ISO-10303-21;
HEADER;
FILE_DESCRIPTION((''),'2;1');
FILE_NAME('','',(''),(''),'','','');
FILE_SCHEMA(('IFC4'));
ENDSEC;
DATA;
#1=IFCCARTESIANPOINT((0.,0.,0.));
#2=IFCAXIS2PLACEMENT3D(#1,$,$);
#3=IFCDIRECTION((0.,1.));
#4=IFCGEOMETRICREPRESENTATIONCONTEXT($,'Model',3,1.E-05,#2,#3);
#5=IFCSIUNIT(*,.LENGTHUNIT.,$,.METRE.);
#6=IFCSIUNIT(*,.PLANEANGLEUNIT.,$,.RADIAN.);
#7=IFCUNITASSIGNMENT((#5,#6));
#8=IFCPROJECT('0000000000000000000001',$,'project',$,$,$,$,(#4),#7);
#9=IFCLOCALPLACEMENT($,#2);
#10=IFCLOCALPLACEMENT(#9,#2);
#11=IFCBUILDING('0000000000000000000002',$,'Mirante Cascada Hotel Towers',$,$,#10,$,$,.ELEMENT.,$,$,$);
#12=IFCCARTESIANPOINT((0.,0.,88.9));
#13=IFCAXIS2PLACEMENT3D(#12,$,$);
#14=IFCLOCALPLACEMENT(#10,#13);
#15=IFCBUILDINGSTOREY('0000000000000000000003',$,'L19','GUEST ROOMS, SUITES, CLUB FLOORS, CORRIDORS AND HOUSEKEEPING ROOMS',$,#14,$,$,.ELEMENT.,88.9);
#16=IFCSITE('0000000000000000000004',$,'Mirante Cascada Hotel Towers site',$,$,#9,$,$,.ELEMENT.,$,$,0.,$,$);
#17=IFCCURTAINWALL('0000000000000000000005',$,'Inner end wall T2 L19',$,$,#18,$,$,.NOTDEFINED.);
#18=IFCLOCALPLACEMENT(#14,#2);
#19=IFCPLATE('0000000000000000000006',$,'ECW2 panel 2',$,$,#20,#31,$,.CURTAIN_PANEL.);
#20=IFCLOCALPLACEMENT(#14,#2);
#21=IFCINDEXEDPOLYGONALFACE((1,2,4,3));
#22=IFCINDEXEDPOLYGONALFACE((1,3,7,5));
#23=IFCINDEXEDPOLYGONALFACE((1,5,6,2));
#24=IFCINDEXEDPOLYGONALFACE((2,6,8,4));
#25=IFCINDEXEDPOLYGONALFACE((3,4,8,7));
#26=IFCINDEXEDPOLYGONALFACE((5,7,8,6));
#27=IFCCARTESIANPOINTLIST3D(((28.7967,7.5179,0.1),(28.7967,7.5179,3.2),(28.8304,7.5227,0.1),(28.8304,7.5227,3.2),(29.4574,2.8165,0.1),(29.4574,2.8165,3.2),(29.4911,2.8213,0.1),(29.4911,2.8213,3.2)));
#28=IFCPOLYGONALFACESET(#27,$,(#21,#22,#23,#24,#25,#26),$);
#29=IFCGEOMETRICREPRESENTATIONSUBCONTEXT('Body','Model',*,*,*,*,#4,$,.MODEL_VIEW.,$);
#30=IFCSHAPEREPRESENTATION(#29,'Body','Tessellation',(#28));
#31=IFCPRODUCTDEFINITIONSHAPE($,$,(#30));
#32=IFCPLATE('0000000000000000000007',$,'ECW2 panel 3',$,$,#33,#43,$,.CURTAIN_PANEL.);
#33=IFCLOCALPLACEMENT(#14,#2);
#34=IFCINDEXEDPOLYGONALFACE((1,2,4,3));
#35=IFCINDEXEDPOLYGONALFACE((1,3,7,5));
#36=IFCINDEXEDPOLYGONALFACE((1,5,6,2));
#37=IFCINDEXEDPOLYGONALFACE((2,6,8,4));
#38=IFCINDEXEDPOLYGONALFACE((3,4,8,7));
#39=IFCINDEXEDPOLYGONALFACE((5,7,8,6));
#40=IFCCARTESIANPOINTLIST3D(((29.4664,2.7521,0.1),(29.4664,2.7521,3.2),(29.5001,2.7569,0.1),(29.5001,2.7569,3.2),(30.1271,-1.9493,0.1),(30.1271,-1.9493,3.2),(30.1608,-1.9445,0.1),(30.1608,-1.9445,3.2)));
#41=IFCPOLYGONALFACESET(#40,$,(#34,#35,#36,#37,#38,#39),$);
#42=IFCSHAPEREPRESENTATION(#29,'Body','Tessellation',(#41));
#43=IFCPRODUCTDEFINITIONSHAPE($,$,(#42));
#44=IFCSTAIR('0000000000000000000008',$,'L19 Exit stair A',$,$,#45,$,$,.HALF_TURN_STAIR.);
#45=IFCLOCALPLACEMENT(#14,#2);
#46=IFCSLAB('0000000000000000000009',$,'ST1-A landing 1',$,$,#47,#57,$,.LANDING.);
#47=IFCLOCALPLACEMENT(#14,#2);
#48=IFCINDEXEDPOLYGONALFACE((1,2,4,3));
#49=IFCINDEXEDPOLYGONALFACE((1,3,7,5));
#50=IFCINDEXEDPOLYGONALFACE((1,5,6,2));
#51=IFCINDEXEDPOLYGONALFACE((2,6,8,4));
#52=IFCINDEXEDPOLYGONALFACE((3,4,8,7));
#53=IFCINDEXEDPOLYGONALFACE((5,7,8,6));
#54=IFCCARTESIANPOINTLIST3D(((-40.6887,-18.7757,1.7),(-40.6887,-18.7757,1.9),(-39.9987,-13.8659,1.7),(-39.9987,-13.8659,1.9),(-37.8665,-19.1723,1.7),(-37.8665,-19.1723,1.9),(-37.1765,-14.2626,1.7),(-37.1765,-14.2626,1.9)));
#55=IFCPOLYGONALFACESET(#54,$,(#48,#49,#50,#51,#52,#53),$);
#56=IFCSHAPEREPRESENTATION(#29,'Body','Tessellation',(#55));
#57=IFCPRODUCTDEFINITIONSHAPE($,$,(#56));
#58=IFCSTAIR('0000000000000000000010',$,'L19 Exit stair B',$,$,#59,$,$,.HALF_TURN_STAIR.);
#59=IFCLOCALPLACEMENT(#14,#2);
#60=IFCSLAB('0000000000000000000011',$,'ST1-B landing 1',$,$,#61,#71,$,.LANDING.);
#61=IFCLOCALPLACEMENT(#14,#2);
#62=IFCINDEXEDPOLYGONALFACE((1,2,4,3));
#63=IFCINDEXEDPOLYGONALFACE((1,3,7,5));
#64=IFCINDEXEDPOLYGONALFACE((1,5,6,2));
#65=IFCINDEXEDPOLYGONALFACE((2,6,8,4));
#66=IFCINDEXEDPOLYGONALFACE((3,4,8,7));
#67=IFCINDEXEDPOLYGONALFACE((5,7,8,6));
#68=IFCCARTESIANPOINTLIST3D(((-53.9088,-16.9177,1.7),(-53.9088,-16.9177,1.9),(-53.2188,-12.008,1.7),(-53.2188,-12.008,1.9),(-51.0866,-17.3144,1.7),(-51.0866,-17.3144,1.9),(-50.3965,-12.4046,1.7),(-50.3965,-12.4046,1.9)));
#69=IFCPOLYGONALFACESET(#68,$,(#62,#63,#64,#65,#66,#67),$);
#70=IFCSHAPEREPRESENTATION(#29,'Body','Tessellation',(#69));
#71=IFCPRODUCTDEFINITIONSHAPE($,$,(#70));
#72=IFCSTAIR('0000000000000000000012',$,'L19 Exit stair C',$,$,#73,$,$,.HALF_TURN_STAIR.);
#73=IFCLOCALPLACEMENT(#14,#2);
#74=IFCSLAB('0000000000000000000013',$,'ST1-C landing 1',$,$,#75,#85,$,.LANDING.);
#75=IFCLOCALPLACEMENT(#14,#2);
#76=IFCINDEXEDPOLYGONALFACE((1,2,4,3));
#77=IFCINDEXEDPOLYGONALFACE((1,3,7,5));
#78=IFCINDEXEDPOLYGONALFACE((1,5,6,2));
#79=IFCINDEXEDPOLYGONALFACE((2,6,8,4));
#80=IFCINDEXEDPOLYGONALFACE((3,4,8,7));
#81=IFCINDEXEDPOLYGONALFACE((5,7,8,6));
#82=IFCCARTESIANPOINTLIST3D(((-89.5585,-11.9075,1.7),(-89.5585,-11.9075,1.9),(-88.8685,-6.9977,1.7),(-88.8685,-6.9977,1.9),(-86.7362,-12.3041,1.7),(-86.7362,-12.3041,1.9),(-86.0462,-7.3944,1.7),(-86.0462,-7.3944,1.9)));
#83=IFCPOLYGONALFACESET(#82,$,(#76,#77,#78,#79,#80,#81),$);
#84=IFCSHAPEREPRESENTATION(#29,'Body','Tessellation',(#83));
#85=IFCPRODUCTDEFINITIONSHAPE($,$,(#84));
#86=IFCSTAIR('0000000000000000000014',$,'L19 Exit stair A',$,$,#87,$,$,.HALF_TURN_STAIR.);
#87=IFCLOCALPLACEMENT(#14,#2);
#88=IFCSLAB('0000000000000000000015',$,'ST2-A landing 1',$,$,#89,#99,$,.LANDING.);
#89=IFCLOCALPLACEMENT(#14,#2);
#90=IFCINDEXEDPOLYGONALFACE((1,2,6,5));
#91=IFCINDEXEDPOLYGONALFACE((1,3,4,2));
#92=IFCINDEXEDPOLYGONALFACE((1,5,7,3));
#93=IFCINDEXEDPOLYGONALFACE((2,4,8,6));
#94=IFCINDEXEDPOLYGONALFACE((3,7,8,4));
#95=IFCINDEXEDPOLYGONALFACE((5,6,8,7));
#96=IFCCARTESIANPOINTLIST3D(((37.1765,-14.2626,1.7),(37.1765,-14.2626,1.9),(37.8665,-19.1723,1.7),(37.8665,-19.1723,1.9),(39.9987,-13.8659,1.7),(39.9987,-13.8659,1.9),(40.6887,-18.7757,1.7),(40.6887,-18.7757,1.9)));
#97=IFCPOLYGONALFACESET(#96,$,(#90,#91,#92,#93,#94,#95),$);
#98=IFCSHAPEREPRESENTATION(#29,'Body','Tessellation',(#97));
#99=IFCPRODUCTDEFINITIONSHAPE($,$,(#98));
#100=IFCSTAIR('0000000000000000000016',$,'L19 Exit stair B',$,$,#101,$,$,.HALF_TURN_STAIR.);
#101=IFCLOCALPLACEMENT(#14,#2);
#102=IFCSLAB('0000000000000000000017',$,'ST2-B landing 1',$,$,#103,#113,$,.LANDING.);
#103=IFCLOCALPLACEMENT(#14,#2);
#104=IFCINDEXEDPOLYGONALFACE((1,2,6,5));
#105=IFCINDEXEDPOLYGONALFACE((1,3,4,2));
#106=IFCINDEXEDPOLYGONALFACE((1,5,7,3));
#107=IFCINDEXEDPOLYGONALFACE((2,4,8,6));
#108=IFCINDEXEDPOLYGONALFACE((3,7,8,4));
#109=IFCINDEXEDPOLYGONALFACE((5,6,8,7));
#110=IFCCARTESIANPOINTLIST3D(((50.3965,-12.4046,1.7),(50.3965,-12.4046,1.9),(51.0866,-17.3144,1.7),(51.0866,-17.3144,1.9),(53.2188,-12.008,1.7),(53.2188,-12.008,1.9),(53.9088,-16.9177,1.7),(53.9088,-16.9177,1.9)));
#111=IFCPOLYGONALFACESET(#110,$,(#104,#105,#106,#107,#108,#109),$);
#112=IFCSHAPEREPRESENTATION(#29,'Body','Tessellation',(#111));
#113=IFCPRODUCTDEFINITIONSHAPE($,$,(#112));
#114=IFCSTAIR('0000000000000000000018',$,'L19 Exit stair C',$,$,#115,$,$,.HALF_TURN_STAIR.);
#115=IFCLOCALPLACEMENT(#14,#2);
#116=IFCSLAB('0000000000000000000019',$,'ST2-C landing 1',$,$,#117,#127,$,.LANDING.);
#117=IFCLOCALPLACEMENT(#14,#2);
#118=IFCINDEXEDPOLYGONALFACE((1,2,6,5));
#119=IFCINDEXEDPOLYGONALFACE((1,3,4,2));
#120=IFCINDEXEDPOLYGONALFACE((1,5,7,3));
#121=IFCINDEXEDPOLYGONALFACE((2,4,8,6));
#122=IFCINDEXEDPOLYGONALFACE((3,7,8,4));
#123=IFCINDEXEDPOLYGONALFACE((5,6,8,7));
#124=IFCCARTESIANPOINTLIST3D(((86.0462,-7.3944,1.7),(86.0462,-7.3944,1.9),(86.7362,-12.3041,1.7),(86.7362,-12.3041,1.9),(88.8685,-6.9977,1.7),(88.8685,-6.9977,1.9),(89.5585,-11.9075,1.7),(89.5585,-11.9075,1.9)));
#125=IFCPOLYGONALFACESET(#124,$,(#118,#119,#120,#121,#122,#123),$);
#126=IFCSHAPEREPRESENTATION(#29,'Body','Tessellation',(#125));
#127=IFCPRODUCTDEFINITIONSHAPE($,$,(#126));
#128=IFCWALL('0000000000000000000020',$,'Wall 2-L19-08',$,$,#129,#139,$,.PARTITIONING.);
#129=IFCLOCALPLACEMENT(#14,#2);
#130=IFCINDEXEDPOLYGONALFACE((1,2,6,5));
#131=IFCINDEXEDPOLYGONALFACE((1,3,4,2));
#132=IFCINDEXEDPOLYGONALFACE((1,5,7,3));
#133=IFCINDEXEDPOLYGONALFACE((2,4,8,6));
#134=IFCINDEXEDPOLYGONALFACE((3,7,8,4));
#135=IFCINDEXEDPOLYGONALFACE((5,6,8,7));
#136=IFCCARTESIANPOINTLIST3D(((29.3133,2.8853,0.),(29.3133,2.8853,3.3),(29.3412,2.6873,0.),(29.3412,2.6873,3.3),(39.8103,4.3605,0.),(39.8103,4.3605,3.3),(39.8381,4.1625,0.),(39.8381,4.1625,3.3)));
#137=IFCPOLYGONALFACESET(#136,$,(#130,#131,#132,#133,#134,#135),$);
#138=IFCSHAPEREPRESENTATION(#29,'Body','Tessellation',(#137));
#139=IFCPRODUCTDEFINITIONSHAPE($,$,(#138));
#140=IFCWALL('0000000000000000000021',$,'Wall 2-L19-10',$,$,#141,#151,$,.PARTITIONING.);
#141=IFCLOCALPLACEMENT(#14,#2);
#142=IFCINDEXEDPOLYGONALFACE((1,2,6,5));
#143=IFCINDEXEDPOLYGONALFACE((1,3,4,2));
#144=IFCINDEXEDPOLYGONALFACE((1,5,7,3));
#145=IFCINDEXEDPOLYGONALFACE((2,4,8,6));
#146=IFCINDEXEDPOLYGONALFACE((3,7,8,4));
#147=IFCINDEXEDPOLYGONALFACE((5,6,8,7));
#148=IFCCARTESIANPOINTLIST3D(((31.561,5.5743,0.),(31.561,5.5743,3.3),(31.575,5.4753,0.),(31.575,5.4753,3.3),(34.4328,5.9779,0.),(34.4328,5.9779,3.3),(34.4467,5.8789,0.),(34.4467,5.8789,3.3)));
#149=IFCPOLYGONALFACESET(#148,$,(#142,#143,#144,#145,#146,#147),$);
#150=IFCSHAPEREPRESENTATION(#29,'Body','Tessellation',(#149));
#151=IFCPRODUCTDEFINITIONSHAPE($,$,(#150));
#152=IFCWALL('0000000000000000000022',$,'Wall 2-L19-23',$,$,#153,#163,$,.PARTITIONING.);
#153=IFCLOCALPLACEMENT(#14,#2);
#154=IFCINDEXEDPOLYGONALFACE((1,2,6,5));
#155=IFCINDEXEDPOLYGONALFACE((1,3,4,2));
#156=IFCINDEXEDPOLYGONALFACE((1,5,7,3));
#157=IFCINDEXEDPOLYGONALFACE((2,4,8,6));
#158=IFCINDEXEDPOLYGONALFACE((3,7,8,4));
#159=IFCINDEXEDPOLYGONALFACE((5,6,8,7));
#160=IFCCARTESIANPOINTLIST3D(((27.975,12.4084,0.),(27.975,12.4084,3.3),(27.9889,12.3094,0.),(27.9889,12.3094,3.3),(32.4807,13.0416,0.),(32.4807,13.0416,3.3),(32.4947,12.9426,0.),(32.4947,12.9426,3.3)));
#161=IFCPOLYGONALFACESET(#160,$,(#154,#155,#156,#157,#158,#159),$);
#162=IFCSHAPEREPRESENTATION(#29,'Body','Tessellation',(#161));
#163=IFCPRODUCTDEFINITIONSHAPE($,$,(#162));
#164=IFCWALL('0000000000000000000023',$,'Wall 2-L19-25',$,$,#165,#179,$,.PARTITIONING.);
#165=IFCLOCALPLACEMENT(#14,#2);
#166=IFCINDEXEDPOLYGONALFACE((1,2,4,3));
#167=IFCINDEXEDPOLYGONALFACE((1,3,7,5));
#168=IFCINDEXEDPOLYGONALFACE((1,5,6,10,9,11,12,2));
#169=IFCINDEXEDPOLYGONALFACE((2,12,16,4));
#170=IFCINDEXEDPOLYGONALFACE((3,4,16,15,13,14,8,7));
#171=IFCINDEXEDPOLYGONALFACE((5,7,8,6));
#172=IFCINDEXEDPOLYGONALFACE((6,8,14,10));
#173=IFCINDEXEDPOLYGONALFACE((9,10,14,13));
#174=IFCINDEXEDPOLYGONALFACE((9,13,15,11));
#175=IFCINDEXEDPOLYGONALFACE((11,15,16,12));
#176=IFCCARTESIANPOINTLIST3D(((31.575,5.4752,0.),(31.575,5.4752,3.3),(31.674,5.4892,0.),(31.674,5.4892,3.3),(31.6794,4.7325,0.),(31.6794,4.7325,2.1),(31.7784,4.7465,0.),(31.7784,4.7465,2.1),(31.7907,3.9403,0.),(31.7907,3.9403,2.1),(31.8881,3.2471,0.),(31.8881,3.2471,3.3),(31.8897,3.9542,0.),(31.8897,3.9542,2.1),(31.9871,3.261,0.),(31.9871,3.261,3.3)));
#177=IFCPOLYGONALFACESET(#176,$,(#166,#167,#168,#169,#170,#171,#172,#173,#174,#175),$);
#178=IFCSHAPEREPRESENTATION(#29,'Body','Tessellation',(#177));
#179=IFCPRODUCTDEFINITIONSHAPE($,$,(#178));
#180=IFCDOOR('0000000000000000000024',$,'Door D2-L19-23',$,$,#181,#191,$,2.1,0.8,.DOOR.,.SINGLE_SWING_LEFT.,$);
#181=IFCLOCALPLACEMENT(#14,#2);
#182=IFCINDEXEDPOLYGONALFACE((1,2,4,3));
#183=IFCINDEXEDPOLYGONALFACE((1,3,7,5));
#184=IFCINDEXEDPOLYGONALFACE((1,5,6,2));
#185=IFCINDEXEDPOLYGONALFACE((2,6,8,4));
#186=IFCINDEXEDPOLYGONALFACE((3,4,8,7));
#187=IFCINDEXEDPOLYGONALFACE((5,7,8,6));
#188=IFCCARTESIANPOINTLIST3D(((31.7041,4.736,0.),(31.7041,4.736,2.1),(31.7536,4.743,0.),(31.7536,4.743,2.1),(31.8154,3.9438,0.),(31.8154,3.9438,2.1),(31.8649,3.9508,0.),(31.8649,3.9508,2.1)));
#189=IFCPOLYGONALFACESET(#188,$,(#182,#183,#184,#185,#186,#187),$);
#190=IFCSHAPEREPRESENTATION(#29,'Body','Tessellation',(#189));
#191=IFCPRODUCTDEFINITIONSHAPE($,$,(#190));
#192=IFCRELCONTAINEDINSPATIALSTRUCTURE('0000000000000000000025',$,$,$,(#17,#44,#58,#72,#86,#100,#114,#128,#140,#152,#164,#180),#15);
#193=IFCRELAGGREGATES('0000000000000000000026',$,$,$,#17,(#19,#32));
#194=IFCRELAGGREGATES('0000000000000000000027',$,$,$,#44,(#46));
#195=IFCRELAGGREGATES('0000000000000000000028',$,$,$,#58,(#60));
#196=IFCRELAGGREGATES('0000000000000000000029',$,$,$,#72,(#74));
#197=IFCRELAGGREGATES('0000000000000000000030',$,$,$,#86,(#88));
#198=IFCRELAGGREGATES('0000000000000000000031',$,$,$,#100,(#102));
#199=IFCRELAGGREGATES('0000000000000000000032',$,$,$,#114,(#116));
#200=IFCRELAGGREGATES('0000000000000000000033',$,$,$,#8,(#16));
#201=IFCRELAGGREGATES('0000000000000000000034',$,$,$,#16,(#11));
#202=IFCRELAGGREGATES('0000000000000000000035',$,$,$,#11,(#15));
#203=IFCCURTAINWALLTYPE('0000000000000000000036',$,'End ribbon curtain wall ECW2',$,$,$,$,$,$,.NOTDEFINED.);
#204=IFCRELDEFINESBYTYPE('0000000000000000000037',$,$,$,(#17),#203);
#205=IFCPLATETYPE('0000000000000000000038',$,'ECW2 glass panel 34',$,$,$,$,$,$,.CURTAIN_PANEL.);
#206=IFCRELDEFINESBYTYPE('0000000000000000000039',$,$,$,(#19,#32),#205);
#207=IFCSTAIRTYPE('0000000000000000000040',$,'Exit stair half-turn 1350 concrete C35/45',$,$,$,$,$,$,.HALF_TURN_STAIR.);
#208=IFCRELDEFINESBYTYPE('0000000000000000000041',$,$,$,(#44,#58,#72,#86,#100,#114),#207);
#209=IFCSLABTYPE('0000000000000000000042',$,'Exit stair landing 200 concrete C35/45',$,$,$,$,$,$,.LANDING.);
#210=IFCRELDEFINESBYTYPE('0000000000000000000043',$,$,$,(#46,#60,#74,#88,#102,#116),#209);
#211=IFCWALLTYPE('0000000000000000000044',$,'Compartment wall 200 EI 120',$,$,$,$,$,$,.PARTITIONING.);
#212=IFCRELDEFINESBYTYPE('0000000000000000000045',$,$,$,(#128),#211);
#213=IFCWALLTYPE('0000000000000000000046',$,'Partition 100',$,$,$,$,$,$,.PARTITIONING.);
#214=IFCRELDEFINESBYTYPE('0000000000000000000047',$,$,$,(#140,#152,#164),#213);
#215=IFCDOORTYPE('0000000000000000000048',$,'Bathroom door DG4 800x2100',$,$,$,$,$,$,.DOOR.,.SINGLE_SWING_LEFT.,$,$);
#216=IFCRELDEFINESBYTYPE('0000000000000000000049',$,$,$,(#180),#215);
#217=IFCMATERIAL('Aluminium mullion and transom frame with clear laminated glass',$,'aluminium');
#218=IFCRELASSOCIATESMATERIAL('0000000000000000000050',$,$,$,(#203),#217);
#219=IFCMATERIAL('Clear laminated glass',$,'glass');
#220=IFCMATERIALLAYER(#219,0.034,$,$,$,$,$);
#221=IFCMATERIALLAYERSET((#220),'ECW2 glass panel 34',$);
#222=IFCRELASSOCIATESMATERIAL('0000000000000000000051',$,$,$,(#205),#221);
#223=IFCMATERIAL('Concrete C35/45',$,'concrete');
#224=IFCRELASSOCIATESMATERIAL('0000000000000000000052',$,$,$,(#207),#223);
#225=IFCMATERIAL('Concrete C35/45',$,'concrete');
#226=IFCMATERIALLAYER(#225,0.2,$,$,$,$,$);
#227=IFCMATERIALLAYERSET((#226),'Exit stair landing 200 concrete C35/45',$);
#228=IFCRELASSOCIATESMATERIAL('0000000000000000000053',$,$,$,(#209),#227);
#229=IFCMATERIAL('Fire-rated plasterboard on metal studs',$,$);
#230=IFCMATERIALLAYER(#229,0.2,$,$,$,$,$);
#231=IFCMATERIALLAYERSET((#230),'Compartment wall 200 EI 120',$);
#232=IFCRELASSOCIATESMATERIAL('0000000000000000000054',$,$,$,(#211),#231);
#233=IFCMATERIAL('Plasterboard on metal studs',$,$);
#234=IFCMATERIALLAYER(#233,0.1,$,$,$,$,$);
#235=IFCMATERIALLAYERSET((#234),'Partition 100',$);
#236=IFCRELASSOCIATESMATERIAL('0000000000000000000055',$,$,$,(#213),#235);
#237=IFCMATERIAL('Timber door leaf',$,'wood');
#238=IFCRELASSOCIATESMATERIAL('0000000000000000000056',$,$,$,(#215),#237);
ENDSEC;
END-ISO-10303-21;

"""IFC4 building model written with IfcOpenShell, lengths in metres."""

from ifc_helpers import new_model, si_unit, direction, frame, frame_2d, origin, origin_2d, place, context, subcontext, project, spatial, polyline, rectangle, outline, extrude, material, layer, layer_set, type_object, element, fill, aggregate, save


model = new_model("IFC4")

# Units and contexts
model_context = context("Model", 3, precision=1e-05, world=origin(), true_north=direction((0.0, 1.0)))
body_context = subcontext(model_context, "Body", "Model", "MODEL_VIEW")
ifc_project = project(units=[si_unit("LENGTHUNIT", "METRE"), si_unit("PLANEANGLEUNIT", "RADIAN")], contexts=[model_context])

# Site, building, storey
site_placement = place(None, origin())
site = spatial("IfcSite", under=ifc_project, at=site_placement, Name="Mirante Cascada Hotel Towers site", CompositionType="ELEMENT", RefElevation=0.0)
building_placement = place(site_placement, origin())
building = spatial("IfcBuilding", under=site, at=building_placement, Name="Mirante Cascada Hotel Towers", CompositionType="ELEMENT")
storey_placement = place(building_placement, frame((0.0, 0.0, 88.9)))
storey = spatial("IfcBuildingStorey", under=building, at=storey_placement, Name="L19", Description="GUEST ROOMS, SUITES, CLUB FLOORS, CORRIDORS AND HOUSEKEEPING ROOMS", CompositionType="ELEMENT", Elevation=88.9)

# Curtain wall
ifc_material_1 = material(Name="Aluminium mullion and transom frame with clear laminated glass", Category="aluminium")
curtain_wall_type_1 = type_object("IfcCurtainWallType", Name="End ribbon curtain wall ECW2", PredefinedType="NOTDEFINED", material=ifc_material_1)
curtain_wall_1_placement = place(storey_placement, origin())
curtain_wall_1 = element("IfcCurtainWall", 1, at=curtain_wall_1_placement, inside=storey, type_object=curtain_wall_type_1, Name="Inner end wall T2 L19", PredefinedType="NOTDEFINED")

# Plates
ifc_material_2 = material(Name="Clear laminated glass", Category="glass")
ifc_layer_1 = layer(ifc_material_2, 0.034)
ifc_layer_set_1 = layer_set([ifc_layer_1], Name="ECW2 glass panel 34")
plate_type_1 = type_object("IfcPlateType", Name="ECW2 glass panel 34", PredefinedType="CURTAIN_PANEL", material=ifc_layer_set_1)
plate_1_placement = place(storey_placement, frame((29.1439, 5.1696, 0.1), z_axis=(0.0, 0.0, 1.0), x_axis=(0.139173, -0.990268, 0.0)))
plate_1 = element("IfcPlate", 2, at=plate_1_placement, type_object=plate_type_1, Name="ECW2 panel 2", PredefinedType="CURTAIN_PANEL", context=body_context, shape_type="SweptSolid", body=[
    extrude(rectangle(XDim=4.7476, YDim=0.034, at=origin_2d()), origin(), (0.0, 0.0, 1.0), 3.1),
])
plate_2_placement = place(storey_placement, frame((29.8136, 0.4038, 0.1), z_axis=(0.0, 0.0, 1.0), x_axis=(0.139173, -0.990268, 0.0)))
plate_2 = element("IfcPlate", 3, at=plate_2_placement, type_object=plate_type_1, Name="ECW2 panel 3", PredefinedType="CURTAIN_PANEL", context=body_context, shape_type="SweptSolid", body=[
    extrude(rectangle(XDim=4.7476, YDim=0.034, at=origin_2d()), origin(), (0.0, 0.0, 1.0), 3.1),
])
aggregate(curtain_wall_1, [plate_1, plate_2])

# Stairs, slabs
ifc_material_3 = material(Name="Concrete C35/45", Category="concrete")
stair_type = type_object("IfcStairType", Name="Exit stair half-turn 1350 concrete C35/45", PredefinedType="HALF_TURN_STAIR", material=ifc_material_3)
stair_1_placement = place(storey_placement, origin())
stair_1 = element("IfcStair", 4, at=stair_1_placement, inside=storey, type_object=stair_type, Name="L19 Exit stair A", PredefinedType="HALF_TURN_STAIR")
ifc_material_4 = material(Name="Concrete C35/45", Category="concrete")
ifc_layer_2 = layer(ifc_material_4, 0.2)
ifc_layer_set_2 = layer_set([ifc_layer_2], Name="Exit stair landing 200 concrete C35/45")
slab_type = type_object("IfcSlabType", Name="Exit stair landing 200 concrete C35/45", PredefinedType="LANDING", material=ifc_layer_set_2)
slab_1_placement = place(storey_placement, frame((0.0, 0.0, 1.7)))
slab_1 = element("IfcSlab", 5, at=slab_1_placement, type_object=slab_type, Name="ST1-A landing 1", PredefinedType="LANDING", context=body_context, shape_type="SweptSolid", body=[
    extrude(outline(polyline([(-39.9987, -13.8659), (-40.6887, -18.7757), (-37.8665, -19.1723), (-37.1765, -14.2626), (-39.9987, -13.8659)])), origin(), (0.0, 0.0, 1.0), 0.2),
])
aggregate(stair_1, [slab_1])
stair_2_placement = place(storey_placement, origin())
stair_2 = element("IfcStair", 6, at=stair_2_placement, inside=storey, type_object=stair_type, Name="L19 Exit stair B", PredefinedType="HALF_TURN_STAIR")
slab_2_placement = place(storey_placement, frame((0.0, 0.0, 1.7)))
slab_2 = element("IfcSlab", 7, at=slab_2_placement, type_object=slab_type, Name="ST1-B landing 1", PredefinedType="LANDING", context=body_context, shape_type="SweptSolid", body=[
    extrude(outline(polyline([(-53.2188, -12.008), (-53.9088, -16.9177), (-51.0866, -17.3144), (-50.3965, -12.4046), (-53.2188, -12.008)])), origin(), (0.0, 0.0, 1.0), 0.2),
])
aggregate(stair_2, [slab_2])
stair_3_placement = place(storey_placement, origin())
stair_3 = element("IfcStair", 8, at=stair_3_placement, inside=storey, type_object=stair_type, Name="L19 Exit stair C", PredefinedType="HALF_TURN_STAIR")
slab_3_placement = place(storey_placement, frame((0.0, 0.0, 1.7)))
slab_3 = element("IfcSlab", 9, at=slab_3_placement, type_object=slab_type, Name="ST1-C landing 1", PredefinedType="LANDING", context=body_context, shape_type="SweptSolid", body=[
    extrude(outline(polyline([(-88.8685, -6.9977), (-89.5585, -11.9075), (-86.7362, -12.3041), (-86.0462, -7.3944), (-88.8685, -6.9977)])), origin(), (0.0, 0.0, 1.0), 0.2),
])
aggregate(stair_3, [slab_3])
stair_4_placement = place(storey_placement, origin())
stair_4 = element("IfcStair", 10, at=stair_4_placement, inside=storey, type_object=stair_type, Name="L19 Exit stair A", PredefinedType="HALF_TURN_STAIR")
slab_4_placement = place(storey_placement, frame((0.0, 0.0, 1.7)))
slab_4 = element("IfcSlab", 11, at=slab_4_placement, type_object=slab_type, Name="ST2-A landing 1", PredefinedType="LANDING", context=body_context, shape_type="SweptSolid", body=[
    extrude(outline(polyline([(37.1765, -14.2626), (37.8665, -19.1723), (40.6887, -18.7757), (39.9987, -13.8659), (37.1765, -14.2626)])), origin(), (0.0, 0.0, 1.0), 0.2),
])
aggregate(stair_4, [slab_4])
stair_5_placement = place(storey_placement, origin())
stair_5 = element("IfcStair", 12, at=stair_5_placement, inside=storey, type_object=stair_type, Name="L19 Exit stair B", PredefinedType="HALF_TURN_STAIR")
slab_5_placement = place(storey_placement, frame((0.0, 0.0, 1.7)))
slab_5 = element("IfcSlab", 13, at=slab_5_placement, type_object=slab_type, Name="ST2-B landing 1", PredefinedType="LANDING", context=body_context, shape_type="SweptSolid", body=[
    extrude(outline(polyline([(50.3965, -12.4046), (51.0866, -17.3144), (53.9088, -16.9177), (53.2188, -12.008), (50.3965, -12.4046)])), origin(), (0.0, 0.0, 1.0), 0.2),
])
aggregate(stair_5, [slab_5])
stair_6_placement = place(storey_placement, origin())
stair_6 = element("IfcStair", 14, at=stair_6_placement, inside=storey, type_object=stair_type, Name="L19 Exit stair C", PredefinedType="HALF_TURN_STAIR")
slab_6_placement = place(storey_placement, frame((0.0, 0.0, 1.7)))
slab_6 = element("IfcSlab", 15, at=slab_6_placement, type_object=slab_type, Name="ST2-C landing 1", PredefinedType="LANDING", context=body_context, shape_type="SweptSolid", body=[
    extrude(outline(polyline([(86.0462, -7.3944), (86.7362, -12.3041), (89.5585, -11.9075), (88.8685, -6.9977), (86.0462, -7.3944)])), origin(), (0.0, 0.0, 1.0), 0.2),
])
aggregate(stair_6, [slab_6])

# Walls
ifc_material_5 = material(Name="Fire-rated plasterboard on metal studs")
ifc_layer_3 = layer(ifc_material_5, 0.2)
ifc_layer_set_3 = layer_set([ifc_layer_3], Name="Compartment wall 200 EI 120")
wall_type_1 = type_object("IfcWallType", Name="Compartment wall 200 EI 120", PredefinedType="PARTITIONING", material=ifc_layer_set_3)
wall_1_placement = place(storey_placement, frame((29.3273, 2.7863, 0.0), z_axis=(0.0, 0.0, 1.0), x_axis=(0.990269, 0.139169, 0.0)))
element("IfcWall", 16, at=wall_1_placement, inside=storey, type_object=wall_type_1, Name="Wall 2-L19-08", PredefinedType="PARTITIONING", context=body_context, shape_type="SweptSolid", body=[
    extrude(rectangle(XDim=10.6001, YDim=0.2, at=frame_2d((5.3, 0.0))), origin(), (0.0, 0.0, 1.0), 3.3),
])
ifc_material_6 = material(Name="Plasterboard on metal studs")
ifc_layer_4 = layer(ifc_material_6, 0.1)
ifc_layer_set_4 = layer_set([ifc_layer_4], Name="Partition 100")
wall_type_2 = type_object("IfcWallType", Name="Partition 100", PredefinedType="PARTITIONING", material=ifc_layer_set_4)
wall_2_placement = place(storey_placement, frame((31.568, 5.5248, 0.0), z_axis=(0.0, 0.0, 1.0), x_axis=(0.990268, 0.139171, 0.0)))
element("IfcWall", 17, at=wall_2_placement, inside=storey, type_object=wall_type_2, Name="Wall 2-L19-10", PredefinedType="PARTITIONING", context=body_context, shape_type="SweptSolid", body=[
    extrude(rectangle(XDim=2.9, YDim=0.1, at=frame_2d((1.45, 0.0))), origin(), (0.0, 0.0, 1.0), 3.3),
])
wall_3_placement = place(storey_placement, frame((32.4877, 12.9921, 0.0), z_axis=(0.0, 0.0, 1.0), x_axis=(-0.990269, -0.139166, 0.0)))
element("IfcWall", 18, at=wall_3_placement, inside=storey, type_object=wall_type_2, Name="Wall 2-L19-23", PredefinedType="PARTITIONING", context=body_context, shape_type="SweptSolid", body=[
    extrude(rectangle(XDim=4.55, YDim=0.1, at=frame_2d((2.275, 0.0))), origin(), (0.0, 0.0, 1.0), 3.3),
])

# Wall, opening, door
wall_4_placement = place(storey_placement, frame((31.6245, 5.4822, 0.0), z_axis=(0.0, 0.0, 1.0), x_axis=(0.139156, -0.990271, 0.0)))
wall_4 = element("IfcWall", 19, at=wall_4_placement, inside=storey, type_object=wall_type_2, Name="Wall 2-L19-25", PredefinedType="PARTITIONING", context=body_context, shape_type="SweptSolid", body=[
    extrude(rectangle(XDim=2.25, YDim=0.1, at=frame_2d((1.125, 0.0))), origin(), (0.0, 0.0, 1.0), 3.3),
])
opening_1_placement = place(wall_4_placement, frame((0.75, 0.0, 0.0)))
opening_1 = element("IfcOpeningElement", 20, at=opening_1_placement, cuts=wall_4, PredefinedType="OPENING", context=body_context, shape_type="SweptSolid", body=[
    extrude(rectangle(XDim=0.8, YDim=2.1, at=frame_2d((0.4, 1.05))), frame((0.0, 0.05, 0.0), z_axis=(0.0, -1.0, 0.0), x_axis=(1.0, 0.0, 0.0)), (0.0, 0.0, 1.0), 0.1),
])
ifc_material_7 = material(Name="Timber door leaf", Category="wood")
door_type_1 = type_object("IfcDoorType", Name="Bathroom door DG4 800x2100", OperationType="SINGLE_SWING_LEFT", PredefinedType="DOOR", material=ifc_material_7)
door_1_placement = place(opening_1_placement, origin())
door_1 = element("IfcDoor", 21, at=door_1_placement, inside=storey, type_object=door_type_1, Name="Door D2-L19-23", OperationType="SINGLE_SWING_LEFT", OverallHeight=2.1, OverallWidth=0.8, PredefinedType="DOOR", context=body_context, shape_type="SweptSolid", body=[
    extrude(rectangle(XDim=0.8, YDim=2.1, at=frame_2d((0.4, 1.05))), frame((0.0, 0.025, 0.0), z_axis=(0.0, -1.0, 0.0), x_axis=(1.0, 0.0, 0.0)), (0.0, 0.0, 1.0), 0.05),
])
fill(opening_1, door_1)

save(model, "model.ifc")
